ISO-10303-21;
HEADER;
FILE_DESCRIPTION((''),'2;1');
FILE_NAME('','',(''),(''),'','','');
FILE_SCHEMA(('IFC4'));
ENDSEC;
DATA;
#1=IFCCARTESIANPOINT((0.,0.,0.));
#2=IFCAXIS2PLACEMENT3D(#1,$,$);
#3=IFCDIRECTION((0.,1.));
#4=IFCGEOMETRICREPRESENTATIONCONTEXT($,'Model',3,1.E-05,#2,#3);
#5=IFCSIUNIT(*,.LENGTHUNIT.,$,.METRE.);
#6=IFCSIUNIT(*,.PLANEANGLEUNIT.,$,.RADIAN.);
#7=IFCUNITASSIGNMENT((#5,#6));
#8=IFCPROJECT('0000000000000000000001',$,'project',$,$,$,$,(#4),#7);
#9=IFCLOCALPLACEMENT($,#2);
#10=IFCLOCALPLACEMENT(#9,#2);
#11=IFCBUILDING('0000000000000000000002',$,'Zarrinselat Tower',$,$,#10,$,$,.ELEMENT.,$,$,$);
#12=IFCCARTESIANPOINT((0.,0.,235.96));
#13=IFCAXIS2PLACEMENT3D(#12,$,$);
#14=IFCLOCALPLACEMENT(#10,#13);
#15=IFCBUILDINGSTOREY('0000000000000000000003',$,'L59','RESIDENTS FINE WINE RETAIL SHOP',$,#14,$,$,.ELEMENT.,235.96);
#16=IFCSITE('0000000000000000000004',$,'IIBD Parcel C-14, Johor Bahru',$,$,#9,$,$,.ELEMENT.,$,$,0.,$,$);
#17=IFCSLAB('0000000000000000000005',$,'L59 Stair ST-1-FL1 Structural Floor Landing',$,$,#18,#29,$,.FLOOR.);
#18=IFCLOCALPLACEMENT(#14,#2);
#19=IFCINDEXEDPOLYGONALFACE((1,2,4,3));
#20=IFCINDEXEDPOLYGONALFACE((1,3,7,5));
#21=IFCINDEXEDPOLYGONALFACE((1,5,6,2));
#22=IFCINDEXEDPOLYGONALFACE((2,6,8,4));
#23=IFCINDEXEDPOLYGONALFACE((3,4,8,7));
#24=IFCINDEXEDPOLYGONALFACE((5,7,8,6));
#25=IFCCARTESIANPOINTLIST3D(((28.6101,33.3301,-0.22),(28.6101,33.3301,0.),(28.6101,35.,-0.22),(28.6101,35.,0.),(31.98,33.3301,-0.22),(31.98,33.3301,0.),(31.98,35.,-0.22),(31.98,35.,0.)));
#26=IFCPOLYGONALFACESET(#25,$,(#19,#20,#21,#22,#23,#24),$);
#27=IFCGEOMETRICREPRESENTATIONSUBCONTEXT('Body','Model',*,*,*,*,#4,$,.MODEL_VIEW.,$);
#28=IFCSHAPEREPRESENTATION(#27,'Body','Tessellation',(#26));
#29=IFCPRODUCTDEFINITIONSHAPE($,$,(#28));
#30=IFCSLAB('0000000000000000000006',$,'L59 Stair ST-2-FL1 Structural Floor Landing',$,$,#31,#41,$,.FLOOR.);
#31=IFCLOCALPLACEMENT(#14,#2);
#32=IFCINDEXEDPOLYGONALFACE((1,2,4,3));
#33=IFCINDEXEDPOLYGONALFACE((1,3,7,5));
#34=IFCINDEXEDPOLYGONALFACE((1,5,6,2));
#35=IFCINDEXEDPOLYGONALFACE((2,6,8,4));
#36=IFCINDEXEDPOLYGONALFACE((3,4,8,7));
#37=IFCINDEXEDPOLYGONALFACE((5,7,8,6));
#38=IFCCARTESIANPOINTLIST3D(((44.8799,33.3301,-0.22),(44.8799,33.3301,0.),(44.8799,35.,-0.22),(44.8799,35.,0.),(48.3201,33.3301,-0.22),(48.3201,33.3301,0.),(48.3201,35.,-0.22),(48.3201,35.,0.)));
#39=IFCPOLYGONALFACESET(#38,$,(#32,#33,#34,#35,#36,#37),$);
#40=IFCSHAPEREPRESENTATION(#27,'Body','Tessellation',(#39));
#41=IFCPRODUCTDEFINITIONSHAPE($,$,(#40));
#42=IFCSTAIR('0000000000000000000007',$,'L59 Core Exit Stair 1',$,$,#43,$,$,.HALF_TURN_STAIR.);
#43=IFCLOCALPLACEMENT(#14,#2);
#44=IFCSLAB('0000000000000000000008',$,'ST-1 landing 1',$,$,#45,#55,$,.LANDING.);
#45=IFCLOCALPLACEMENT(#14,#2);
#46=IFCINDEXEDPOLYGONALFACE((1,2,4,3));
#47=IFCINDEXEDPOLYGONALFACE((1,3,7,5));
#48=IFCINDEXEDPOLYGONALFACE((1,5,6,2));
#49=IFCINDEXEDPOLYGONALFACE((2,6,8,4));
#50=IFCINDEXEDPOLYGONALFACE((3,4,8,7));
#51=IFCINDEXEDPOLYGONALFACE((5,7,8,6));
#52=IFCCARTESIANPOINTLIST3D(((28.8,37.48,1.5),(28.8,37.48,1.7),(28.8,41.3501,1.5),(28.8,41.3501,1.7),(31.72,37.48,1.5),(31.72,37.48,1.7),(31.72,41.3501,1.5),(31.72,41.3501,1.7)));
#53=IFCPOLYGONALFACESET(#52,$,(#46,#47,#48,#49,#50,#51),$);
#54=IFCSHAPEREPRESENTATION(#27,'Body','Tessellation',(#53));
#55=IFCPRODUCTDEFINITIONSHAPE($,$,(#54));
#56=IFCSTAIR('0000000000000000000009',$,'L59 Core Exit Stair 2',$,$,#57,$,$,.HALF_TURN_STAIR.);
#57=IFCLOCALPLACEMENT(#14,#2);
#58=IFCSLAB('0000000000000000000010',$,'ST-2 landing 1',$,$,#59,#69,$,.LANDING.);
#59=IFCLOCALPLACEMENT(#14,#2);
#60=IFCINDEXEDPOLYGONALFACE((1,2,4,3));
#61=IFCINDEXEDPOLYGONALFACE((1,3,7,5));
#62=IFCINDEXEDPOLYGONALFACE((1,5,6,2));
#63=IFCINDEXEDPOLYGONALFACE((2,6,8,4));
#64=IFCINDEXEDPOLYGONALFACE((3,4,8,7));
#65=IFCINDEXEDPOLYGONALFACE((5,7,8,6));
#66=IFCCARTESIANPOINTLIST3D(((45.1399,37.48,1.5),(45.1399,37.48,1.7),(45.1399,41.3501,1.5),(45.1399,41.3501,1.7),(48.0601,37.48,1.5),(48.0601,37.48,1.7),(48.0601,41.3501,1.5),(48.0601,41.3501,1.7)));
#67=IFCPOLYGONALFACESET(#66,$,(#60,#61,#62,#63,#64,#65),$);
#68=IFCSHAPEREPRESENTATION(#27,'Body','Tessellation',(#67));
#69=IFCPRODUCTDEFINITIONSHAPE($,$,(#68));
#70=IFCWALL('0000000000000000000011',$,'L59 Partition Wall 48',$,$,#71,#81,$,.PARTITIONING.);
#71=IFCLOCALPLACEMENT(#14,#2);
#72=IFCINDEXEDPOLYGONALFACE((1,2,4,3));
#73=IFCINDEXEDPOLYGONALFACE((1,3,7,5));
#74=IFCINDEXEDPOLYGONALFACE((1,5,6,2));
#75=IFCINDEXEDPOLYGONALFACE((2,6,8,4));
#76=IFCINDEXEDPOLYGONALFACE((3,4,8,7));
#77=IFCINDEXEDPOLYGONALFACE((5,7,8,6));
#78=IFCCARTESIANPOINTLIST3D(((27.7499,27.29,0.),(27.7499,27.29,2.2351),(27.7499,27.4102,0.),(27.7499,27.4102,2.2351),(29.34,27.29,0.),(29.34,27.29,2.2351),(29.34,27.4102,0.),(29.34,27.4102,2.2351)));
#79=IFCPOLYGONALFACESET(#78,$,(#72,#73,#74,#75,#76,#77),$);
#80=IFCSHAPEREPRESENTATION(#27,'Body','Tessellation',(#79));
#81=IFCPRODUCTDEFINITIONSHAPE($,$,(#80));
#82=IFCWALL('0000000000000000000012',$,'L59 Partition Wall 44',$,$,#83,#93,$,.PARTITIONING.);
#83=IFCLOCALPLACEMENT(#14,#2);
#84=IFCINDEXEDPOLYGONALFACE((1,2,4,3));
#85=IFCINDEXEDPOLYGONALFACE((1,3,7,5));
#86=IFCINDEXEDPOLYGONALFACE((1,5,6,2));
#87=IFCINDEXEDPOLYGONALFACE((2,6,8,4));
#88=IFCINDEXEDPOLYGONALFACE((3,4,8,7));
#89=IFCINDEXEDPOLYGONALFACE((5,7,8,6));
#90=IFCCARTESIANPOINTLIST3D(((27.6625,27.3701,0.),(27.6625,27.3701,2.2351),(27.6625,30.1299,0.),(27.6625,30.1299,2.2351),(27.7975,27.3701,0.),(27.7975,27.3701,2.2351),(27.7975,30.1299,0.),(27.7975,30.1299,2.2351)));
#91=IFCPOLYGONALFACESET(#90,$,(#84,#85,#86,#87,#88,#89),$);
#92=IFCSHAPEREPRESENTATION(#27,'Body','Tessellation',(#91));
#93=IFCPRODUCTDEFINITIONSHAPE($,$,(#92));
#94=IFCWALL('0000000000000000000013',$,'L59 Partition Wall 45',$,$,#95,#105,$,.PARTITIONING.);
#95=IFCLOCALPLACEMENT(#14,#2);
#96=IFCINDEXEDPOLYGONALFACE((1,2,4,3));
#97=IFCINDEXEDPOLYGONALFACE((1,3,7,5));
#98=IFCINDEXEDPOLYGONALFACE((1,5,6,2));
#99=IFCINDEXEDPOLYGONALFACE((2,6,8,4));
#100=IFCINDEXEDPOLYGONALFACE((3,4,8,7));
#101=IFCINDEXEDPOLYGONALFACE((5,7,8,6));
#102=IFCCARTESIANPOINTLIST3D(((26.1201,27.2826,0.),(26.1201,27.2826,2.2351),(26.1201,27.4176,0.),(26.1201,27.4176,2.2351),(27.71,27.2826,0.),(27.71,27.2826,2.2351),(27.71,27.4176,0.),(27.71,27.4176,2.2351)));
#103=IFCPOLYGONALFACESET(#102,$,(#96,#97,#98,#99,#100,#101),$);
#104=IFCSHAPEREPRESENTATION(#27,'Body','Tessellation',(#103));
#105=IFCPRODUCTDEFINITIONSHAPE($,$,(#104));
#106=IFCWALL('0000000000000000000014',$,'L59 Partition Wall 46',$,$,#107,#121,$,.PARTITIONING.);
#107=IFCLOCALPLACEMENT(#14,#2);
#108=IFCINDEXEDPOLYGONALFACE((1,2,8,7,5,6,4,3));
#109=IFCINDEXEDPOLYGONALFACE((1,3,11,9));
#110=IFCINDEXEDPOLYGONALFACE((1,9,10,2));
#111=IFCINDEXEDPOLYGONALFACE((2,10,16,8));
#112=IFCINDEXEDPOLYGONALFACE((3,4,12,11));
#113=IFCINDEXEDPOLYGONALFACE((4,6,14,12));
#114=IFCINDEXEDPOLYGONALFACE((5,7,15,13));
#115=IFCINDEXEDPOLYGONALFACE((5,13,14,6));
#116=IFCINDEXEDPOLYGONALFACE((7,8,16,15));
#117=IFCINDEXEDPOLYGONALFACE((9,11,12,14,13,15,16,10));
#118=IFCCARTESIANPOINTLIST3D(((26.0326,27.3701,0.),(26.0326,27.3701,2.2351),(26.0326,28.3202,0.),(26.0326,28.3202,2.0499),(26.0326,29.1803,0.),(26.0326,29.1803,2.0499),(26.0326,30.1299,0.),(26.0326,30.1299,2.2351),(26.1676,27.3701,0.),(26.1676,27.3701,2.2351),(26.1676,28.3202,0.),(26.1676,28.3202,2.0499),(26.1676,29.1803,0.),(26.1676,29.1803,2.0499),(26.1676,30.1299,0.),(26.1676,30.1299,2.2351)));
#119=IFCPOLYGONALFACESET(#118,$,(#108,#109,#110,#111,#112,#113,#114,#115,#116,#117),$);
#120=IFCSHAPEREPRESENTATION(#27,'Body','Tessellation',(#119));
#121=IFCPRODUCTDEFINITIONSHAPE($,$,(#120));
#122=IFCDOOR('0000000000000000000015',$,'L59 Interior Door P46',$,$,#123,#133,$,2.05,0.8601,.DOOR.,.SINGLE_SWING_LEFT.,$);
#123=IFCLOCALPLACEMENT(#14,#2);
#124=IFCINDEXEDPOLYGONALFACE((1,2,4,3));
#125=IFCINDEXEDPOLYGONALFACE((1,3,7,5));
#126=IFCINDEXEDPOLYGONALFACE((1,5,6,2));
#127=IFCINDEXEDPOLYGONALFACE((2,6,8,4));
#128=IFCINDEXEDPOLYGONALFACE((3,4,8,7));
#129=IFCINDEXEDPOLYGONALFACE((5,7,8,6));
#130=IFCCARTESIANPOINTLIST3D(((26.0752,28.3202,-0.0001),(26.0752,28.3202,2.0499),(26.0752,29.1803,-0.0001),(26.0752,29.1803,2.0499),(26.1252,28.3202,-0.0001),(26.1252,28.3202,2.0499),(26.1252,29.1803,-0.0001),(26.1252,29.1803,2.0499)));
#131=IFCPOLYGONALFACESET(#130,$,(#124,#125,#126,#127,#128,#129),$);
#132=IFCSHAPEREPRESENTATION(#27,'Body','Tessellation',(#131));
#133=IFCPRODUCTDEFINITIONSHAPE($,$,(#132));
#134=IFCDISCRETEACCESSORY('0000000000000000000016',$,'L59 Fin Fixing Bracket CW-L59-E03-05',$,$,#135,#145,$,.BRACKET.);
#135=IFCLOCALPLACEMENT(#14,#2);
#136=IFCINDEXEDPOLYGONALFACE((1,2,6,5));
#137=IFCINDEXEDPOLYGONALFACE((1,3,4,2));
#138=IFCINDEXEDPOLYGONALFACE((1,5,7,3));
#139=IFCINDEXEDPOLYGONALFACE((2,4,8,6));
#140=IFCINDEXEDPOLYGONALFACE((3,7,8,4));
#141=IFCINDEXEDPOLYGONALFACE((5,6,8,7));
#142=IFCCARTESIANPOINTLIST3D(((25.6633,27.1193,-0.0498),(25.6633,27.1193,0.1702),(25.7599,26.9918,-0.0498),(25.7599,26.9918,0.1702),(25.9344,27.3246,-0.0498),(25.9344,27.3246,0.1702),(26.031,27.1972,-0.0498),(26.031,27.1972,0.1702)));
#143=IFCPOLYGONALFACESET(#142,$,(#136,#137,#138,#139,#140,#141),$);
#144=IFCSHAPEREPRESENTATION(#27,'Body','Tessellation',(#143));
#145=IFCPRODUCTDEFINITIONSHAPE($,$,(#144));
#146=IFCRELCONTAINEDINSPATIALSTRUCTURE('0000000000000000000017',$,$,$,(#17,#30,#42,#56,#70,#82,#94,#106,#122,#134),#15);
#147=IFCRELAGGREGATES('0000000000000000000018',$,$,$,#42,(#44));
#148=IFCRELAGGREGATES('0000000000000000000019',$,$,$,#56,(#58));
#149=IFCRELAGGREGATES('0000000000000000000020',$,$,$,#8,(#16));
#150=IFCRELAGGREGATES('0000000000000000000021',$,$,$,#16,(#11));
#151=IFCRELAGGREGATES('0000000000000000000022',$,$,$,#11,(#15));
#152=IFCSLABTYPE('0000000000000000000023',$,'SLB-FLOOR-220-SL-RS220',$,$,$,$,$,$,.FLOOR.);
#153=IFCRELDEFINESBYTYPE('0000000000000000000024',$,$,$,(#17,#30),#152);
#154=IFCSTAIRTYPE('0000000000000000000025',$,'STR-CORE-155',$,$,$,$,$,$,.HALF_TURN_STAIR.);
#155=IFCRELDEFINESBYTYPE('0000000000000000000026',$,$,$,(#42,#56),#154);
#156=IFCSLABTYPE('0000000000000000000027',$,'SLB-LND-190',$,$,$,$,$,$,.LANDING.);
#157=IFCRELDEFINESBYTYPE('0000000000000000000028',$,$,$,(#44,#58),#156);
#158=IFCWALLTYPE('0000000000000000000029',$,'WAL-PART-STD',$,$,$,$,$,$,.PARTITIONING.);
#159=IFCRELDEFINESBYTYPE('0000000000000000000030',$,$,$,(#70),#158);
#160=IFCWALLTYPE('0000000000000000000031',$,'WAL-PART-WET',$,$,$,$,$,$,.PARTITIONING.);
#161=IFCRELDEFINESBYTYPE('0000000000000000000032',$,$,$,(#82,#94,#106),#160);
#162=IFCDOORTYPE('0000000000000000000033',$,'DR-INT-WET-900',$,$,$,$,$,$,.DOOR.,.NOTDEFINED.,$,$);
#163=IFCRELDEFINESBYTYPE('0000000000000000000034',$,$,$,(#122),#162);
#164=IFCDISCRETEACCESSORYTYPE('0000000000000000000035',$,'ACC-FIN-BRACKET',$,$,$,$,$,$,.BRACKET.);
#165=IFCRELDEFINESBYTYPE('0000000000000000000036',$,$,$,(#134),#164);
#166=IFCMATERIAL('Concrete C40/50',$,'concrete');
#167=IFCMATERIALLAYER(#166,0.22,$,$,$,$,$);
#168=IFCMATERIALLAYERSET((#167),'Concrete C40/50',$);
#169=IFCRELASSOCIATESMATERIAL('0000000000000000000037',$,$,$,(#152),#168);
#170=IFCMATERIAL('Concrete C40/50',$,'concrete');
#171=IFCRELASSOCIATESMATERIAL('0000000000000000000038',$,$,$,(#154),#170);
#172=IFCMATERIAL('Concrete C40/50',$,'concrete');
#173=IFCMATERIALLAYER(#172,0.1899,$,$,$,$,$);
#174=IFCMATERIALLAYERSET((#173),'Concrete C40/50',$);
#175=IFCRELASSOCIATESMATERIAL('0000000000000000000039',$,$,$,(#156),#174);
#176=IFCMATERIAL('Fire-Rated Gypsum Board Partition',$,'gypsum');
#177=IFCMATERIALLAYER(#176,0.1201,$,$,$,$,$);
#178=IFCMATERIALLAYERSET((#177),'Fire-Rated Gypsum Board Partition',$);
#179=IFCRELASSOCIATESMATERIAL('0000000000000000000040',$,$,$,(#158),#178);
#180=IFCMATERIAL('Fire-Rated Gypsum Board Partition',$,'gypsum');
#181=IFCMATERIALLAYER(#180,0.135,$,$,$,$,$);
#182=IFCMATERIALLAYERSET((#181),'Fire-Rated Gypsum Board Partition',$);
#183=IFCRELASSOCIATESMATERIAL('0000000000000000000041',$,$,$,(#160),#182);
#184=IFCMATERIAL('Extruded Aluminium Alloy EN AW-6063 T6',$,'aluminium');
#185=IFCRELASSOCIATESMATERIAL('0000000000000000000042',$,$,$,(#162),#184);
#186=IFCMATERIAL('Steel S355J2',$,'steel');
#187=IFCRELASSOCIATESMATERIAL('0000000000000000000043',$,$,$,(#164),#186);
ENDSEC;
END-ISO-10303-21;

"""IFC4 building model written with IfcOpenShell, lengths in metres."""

from ifc_helpers import new_model, si_unit, direction, frame, frame_2d, origin, origin_2d, place, context, subcontext, project, spatial, polyline, rectangle, outline, extrude, material, layer, layer_set, type_object, element, fill, aggregate, save


model = new_model("IFC4")

# Units and contexts
model_context = context("Model", 3, precision=1e-05, world=origin(), true_north=direction((0.0, 1.0)))
body_context = subcontext(model_context, "Body", "Model", "MODEL_VIEW")
ifc_project = project(units=[si_unit("LENGTHUNIT", "METRE"), si_unit("PLANEANGLEUNIT", "RADIAN")], contexts=[model_context])

# Site, building, storey
site_placement = place(None, origin())
site = spatial("IfcSite", under=ifc_project, at=site_placement, Name="IIBD Parcel C-14, Johor Bahru", CompositionType="ELEMENT", RefElevation=0.0)
building_placement = place(site_placement, origin())
building = spatial("IfcBuilding", under=site, at=building_placement, Name="Zarrinselat Tower", CompositionType="ELEMENT")
storey_placement = place(building_placement, frame((0.0, 0.0, 235.96)))
storey = spatial("IfcBuildingStorey", under=building, at=storey_placement, Name="L59", Description="RESIDENTS FINE WINE RETAIL SHOP", CompositionType="ELEMENT", Elevation=235.96)

# Slabs
ifc_material_1 = material(Name="Concrete C40/50", Category="concrete")
ifc_layer_1 = layer(ifc_material_1, 0.22)
ifc_layer_set_1 = layer_set([ifc_layer_1], Name="Concrete C40/50")
slab_type_1 = type_object("IfcSlabType", Name="SLB-FLOOR-220-SL-RS220", PredefinedType="FLOOR", material=ifc_layer_set_1)
slab_1_placement = place(storey_placement, frame((0.0, 0.0, -0.22)))
element("IfcSlab", 1, at=slab_1_placement, inside=storey, type_object=slab_type_1, Name="L59 Stair ST-1-FL1 Structural Floor Landing", PredefinedType="FLOOR", context=body_context, shape_type="SweptSolid", body=[
    extrude(outline(polyline([(31.98, 33.3301), (31.98, 35.0), (28.6101, 35.0), (28.6101, 33.3301), (31.98, 33.3301)])), origin(), (0.0, 0.0, 1.0), 0.22),
])
slab_2_placement = place(storey_placement, frame((0.0, 0.0, -0.22)))
element("IfcSlab", 2, at=slab_2_placement, inside=storey, type_object=slab_type_1, Name="L59 Stair ST-2-FL1 Structural Floor Landing", PredefinedType="FLOOR", context=body_context, shape_type="SweptSolid", body=[
    extrude(outline(polyline([(48.3201, 33.3301), (48.3201, 35.0), (44.8799, 35.0), (44.8799, 33.3301), (48.3201, 33.3301)])), origin(), (0.0, 0.0, 1.0), 0.22),
])

# Stairs, slabs
ifc_material_2 = material(Name="Concrete C40/50", Category="concrete")
stair_type = type_object("IfcStairType", Name="STR-CORE-155", PredefinedType="HALF_TURN_STAIR", material=ifc_material_2)
stair_1_placement = place(storey_placement, origin())
stair_1 = element("IfcStair", 3, at=stair_1_placement, inside=storey, type_object=stair_type, Name="L59 Core Exit Stair 1", PredefinedType="HALF_TURN_STAIR")
ifc_material_3 = material(Name="Concrete C40/50", Category="concrete")
ifc_layer_2 = layer(ifc_material_3, 0.1899)
ifc_layer_set_2 = layer_set([ifc_layer_2], Name="Concrete C40/50")
slab_type_2 = type_object("IfcSlabType", Name="SLB-LND-190", PredefinedType="LANDING", material=ifc_layer_set_2)
slab_3_placement = place(storey_placement, frame((0.0, 0.0, 1.5)))
slab_3 = element("IfcSlab", 4, at=slab_3_placement, type_object=slab_type_2, Name="ST-1 landing 1", PredefinedType="LANDING", context=body_context, shape_type="SweptSolid", body=[
    extrude(outline(polyline([(31.72, 37.48), (31.72, 41.3501), (28.8, 41.3501), (28.8, 37.48), (31.72, 37.48)])), origin(), (0.0, 0.0, 1.0), 0.2),
])
aggregate(stair_1, [slab_3])
stair_2_placement = place(storey_placement, origin())
stair_2 = element("IfcStair", 5, at=stair_2_placement, inside=storey, type_object=stair_type, Name="L59 Core Exit Stair 2", PredefinedType="HALF_TURN_STAIR")
slab_4_placement = place(storey_placement, frame((0.0, 0.0, 1.5)))
slab_4 = element("IfcSlab", 6, at=slab_4_placement, type_object=slab_type_2, Name="ST-2 landing 1", PredefinedType="LANDING", context=body_context, shape_type="SweptSolid", body=[
    extrude(outline(polyline([(48.0601, 37.48), (48.0601, 41.3501), (45.1399, 41.3501), (45.1399, 37.48), (48.0601, 37.48)])), origin(), (0.0, 0.0, 1.0), 0.2),
])
aggregate(stair_2, [slab_4])

# Walls
ifc_material_4 = material(Name="Fire-Rated Gypsum Board Partition", Category="gypsum")
ifc_layer_3 = layer(ifc_material_4, 0.1201)
ifc_layer_set_3 = layer_set([ifc_layer_3], Name="Fire-Rated Gypsum Board Partition")
wall_type_1 = type_object("IfcWallType", Name="WAL-PART-STD", PredefinedType="PARTITIONING", material=ifc_layer_set_3)
wall_1_placement = place(storey_placement, frame((27.75, 27.3501, 0.0), z_axis=(0.0, 0.0, 1.0), x_axis=(1.0, 0.0, 0.0)))
element("IfcWall", 7, at=wall_1_placement, inside=storey, type_object=wall_type_1, Name="L59 Partition Wall 48", PredefinedType="PARTITIONING", context=body_context, shape_type="SweptSolid", body=[
    extrude(rectangle(XDim=1.5901, YDim=0.1201, at=frame_2d((0.7949, 0.0))), origin(), (0.0, 0.0, 1.0), 2.2351),
])
ifc_material_5 = material(Name="Fire-Rated Gypsum Board Partition", Category="gypsum")
ifc_layer_4 = layer(ifc_material_5, 0.135)
ifc_layer_set_4 = layer_set([ifc_layer_4], Name="Fire-Rated Gypsum Board Partition")
wall_type_2 = type_object("IfcWallType", Name="WAL-PART-WET", PredefinedType="PARTITIONING", material=ifc_layer_set_4)
wall_2_placement = place(storey_placement, frame((27.73, 27.3701, 0.0), z_axis=(0.0, 0.0, 1.0), x_axis=(0.0, 1.0, 0.0)))
element("IfcWall", 8, at=wall_2_placement, inside=storey, type_object=wall_type_2, Name="L59 Partition Wall 44", PredefinedType="PARTITIONING", context=body_context, shape_type="SweptSolid", body=[
    extrude(rectangle(XDim=2.7598, YDim=0.135, at=frame_2d((1.3799, 0.0))), origin(), (0.0, 0.0, 1.0), 2.2351),
])
wall_3_placement = place(storey_placement, frame((26.1201, 27.3501, 0.0), z_axis=(0.0, 0.0, 1.0), x_axis=(1.0, 0.0, 0.0)))
element("IfcWall", 9, at=wall_3_placement, inside=storey, type_object=wall_type_2, Name="L59 Partition Wall 45", PredefinedType="PARTITIONING", context=body_context, shape_type="SweptSolid", body=[
    extrude(rectangle(XDim=1.5898, YDim=0.135, at=frame_2d((0.7949, 0.0))), origin(), (0.0, 0.0, 1.0), 2.2351),
])

# Wall, opening, door
wall_4_placement = place(storey_placement, frame((26.1001, 27.3701, 0.0), z_axis=(0.0, 0.0, 1.0), x_axis=(0.0, 1.0, 0.0)))
wall_4 = element("IfcWall", 10, at=wall_4_placement, inside=storey, type_object=wall_type_2, Name="L59 Partition Wall 46", PredefinedType="PARTITIONING", context=body_context, shape_type="SweptSolid", body=[
    extrude(rectangle(XDim=2.7598, YDim=0.135, at=frame_2d((1.3799, 0.0))), origin(), (0.0, 0.0, 1.0), 2.2351),
])
opening_placement = place(wall_4_placement, frame((0.95, 0.0, 0.0)))
opening = element("IfcOpeningElement", 11, at=opening_placement, cuts=wall_4, PredefinedType="OPENING", context=body_context, shape_type="SweptSolid", body=[
    extrude(rectangle(XDim=0.8601, YDim=2.05, at=frame_2d((0.4302, 1.0249))), frame((0.0, 0.0774, 0.0), z_axis=(0.0, -1.0, 0.0), x_axis=(1.0, 0.0, 0.0)), (0.0, 0.0, 1.0), 0.155),
])
ifc_material_6 = material(Name="Extruded Aluminium Alloy EN AW-6063 T6", Category="aluminium")
door_type = type_object("IfcDoorType", Name="DR-INT-WET-900", OperationType="NOTDEFINED", PredefinedType="DOOR", material=ifc_material_6)
door_placement = place(opening_placement, origin())
door = element("IfcDoor", 12, at=door_placement, inside=storey, type_object=door_type, Name="L59 Interior Door P46", OperationType="SINGLE_SWING_LEFT", OverallHeight=2.05, OverallWidth=0.8601, PredefinedType="DOOR", context=body_context, shape_type="SweptSolid", body=[
    extrude(rectangle(XDim=0.8601, YDim=2.05, at=frame_2d((0.4302, 1.0249))), frame((0.0, 0.0249, 0.0), z_axis=(0.0, -1.0, 0.0), x_axis=(1.0, 0.0, 0.0)), (0.0, 0.0, 1.0), 0.05),
])
fill(opening, door)

# Discrete accessory
ifc_material_7 = material(Name="Steel S355J2", Category="steel")
discrete_accessory_type = type_object("IfcDiscreteAccessoryType", Name="ACC-FIN-BRACKET", PredefinedType="BRACKET", material=ifc_material_7)
discrete_accessory_placement = place(storey_placement, frame((25.8472, 27.1582, -0.0498), z_axis=(0.0, 0.0, 1.0), x_axis=(-0.797092, -0.603857, 0.0)))
element("IfcDiscreteAccessory", 13, at=discrete_accessory_placement, inside=storey, type_object=discrete_accessory_type, Name="L59 Fin Fixing Bracket CW-L59-E03-05", PredefinedType="BRACKET", context=body_context, shape_type="SweptSolid", body=[
    extrude(rectangle(XDim=0.3401, YDim=0.1599, at=origin_2d()), origin(), (0.0, 0.0, 1.0), 0.22),
])

save(model, "model.ifc")
